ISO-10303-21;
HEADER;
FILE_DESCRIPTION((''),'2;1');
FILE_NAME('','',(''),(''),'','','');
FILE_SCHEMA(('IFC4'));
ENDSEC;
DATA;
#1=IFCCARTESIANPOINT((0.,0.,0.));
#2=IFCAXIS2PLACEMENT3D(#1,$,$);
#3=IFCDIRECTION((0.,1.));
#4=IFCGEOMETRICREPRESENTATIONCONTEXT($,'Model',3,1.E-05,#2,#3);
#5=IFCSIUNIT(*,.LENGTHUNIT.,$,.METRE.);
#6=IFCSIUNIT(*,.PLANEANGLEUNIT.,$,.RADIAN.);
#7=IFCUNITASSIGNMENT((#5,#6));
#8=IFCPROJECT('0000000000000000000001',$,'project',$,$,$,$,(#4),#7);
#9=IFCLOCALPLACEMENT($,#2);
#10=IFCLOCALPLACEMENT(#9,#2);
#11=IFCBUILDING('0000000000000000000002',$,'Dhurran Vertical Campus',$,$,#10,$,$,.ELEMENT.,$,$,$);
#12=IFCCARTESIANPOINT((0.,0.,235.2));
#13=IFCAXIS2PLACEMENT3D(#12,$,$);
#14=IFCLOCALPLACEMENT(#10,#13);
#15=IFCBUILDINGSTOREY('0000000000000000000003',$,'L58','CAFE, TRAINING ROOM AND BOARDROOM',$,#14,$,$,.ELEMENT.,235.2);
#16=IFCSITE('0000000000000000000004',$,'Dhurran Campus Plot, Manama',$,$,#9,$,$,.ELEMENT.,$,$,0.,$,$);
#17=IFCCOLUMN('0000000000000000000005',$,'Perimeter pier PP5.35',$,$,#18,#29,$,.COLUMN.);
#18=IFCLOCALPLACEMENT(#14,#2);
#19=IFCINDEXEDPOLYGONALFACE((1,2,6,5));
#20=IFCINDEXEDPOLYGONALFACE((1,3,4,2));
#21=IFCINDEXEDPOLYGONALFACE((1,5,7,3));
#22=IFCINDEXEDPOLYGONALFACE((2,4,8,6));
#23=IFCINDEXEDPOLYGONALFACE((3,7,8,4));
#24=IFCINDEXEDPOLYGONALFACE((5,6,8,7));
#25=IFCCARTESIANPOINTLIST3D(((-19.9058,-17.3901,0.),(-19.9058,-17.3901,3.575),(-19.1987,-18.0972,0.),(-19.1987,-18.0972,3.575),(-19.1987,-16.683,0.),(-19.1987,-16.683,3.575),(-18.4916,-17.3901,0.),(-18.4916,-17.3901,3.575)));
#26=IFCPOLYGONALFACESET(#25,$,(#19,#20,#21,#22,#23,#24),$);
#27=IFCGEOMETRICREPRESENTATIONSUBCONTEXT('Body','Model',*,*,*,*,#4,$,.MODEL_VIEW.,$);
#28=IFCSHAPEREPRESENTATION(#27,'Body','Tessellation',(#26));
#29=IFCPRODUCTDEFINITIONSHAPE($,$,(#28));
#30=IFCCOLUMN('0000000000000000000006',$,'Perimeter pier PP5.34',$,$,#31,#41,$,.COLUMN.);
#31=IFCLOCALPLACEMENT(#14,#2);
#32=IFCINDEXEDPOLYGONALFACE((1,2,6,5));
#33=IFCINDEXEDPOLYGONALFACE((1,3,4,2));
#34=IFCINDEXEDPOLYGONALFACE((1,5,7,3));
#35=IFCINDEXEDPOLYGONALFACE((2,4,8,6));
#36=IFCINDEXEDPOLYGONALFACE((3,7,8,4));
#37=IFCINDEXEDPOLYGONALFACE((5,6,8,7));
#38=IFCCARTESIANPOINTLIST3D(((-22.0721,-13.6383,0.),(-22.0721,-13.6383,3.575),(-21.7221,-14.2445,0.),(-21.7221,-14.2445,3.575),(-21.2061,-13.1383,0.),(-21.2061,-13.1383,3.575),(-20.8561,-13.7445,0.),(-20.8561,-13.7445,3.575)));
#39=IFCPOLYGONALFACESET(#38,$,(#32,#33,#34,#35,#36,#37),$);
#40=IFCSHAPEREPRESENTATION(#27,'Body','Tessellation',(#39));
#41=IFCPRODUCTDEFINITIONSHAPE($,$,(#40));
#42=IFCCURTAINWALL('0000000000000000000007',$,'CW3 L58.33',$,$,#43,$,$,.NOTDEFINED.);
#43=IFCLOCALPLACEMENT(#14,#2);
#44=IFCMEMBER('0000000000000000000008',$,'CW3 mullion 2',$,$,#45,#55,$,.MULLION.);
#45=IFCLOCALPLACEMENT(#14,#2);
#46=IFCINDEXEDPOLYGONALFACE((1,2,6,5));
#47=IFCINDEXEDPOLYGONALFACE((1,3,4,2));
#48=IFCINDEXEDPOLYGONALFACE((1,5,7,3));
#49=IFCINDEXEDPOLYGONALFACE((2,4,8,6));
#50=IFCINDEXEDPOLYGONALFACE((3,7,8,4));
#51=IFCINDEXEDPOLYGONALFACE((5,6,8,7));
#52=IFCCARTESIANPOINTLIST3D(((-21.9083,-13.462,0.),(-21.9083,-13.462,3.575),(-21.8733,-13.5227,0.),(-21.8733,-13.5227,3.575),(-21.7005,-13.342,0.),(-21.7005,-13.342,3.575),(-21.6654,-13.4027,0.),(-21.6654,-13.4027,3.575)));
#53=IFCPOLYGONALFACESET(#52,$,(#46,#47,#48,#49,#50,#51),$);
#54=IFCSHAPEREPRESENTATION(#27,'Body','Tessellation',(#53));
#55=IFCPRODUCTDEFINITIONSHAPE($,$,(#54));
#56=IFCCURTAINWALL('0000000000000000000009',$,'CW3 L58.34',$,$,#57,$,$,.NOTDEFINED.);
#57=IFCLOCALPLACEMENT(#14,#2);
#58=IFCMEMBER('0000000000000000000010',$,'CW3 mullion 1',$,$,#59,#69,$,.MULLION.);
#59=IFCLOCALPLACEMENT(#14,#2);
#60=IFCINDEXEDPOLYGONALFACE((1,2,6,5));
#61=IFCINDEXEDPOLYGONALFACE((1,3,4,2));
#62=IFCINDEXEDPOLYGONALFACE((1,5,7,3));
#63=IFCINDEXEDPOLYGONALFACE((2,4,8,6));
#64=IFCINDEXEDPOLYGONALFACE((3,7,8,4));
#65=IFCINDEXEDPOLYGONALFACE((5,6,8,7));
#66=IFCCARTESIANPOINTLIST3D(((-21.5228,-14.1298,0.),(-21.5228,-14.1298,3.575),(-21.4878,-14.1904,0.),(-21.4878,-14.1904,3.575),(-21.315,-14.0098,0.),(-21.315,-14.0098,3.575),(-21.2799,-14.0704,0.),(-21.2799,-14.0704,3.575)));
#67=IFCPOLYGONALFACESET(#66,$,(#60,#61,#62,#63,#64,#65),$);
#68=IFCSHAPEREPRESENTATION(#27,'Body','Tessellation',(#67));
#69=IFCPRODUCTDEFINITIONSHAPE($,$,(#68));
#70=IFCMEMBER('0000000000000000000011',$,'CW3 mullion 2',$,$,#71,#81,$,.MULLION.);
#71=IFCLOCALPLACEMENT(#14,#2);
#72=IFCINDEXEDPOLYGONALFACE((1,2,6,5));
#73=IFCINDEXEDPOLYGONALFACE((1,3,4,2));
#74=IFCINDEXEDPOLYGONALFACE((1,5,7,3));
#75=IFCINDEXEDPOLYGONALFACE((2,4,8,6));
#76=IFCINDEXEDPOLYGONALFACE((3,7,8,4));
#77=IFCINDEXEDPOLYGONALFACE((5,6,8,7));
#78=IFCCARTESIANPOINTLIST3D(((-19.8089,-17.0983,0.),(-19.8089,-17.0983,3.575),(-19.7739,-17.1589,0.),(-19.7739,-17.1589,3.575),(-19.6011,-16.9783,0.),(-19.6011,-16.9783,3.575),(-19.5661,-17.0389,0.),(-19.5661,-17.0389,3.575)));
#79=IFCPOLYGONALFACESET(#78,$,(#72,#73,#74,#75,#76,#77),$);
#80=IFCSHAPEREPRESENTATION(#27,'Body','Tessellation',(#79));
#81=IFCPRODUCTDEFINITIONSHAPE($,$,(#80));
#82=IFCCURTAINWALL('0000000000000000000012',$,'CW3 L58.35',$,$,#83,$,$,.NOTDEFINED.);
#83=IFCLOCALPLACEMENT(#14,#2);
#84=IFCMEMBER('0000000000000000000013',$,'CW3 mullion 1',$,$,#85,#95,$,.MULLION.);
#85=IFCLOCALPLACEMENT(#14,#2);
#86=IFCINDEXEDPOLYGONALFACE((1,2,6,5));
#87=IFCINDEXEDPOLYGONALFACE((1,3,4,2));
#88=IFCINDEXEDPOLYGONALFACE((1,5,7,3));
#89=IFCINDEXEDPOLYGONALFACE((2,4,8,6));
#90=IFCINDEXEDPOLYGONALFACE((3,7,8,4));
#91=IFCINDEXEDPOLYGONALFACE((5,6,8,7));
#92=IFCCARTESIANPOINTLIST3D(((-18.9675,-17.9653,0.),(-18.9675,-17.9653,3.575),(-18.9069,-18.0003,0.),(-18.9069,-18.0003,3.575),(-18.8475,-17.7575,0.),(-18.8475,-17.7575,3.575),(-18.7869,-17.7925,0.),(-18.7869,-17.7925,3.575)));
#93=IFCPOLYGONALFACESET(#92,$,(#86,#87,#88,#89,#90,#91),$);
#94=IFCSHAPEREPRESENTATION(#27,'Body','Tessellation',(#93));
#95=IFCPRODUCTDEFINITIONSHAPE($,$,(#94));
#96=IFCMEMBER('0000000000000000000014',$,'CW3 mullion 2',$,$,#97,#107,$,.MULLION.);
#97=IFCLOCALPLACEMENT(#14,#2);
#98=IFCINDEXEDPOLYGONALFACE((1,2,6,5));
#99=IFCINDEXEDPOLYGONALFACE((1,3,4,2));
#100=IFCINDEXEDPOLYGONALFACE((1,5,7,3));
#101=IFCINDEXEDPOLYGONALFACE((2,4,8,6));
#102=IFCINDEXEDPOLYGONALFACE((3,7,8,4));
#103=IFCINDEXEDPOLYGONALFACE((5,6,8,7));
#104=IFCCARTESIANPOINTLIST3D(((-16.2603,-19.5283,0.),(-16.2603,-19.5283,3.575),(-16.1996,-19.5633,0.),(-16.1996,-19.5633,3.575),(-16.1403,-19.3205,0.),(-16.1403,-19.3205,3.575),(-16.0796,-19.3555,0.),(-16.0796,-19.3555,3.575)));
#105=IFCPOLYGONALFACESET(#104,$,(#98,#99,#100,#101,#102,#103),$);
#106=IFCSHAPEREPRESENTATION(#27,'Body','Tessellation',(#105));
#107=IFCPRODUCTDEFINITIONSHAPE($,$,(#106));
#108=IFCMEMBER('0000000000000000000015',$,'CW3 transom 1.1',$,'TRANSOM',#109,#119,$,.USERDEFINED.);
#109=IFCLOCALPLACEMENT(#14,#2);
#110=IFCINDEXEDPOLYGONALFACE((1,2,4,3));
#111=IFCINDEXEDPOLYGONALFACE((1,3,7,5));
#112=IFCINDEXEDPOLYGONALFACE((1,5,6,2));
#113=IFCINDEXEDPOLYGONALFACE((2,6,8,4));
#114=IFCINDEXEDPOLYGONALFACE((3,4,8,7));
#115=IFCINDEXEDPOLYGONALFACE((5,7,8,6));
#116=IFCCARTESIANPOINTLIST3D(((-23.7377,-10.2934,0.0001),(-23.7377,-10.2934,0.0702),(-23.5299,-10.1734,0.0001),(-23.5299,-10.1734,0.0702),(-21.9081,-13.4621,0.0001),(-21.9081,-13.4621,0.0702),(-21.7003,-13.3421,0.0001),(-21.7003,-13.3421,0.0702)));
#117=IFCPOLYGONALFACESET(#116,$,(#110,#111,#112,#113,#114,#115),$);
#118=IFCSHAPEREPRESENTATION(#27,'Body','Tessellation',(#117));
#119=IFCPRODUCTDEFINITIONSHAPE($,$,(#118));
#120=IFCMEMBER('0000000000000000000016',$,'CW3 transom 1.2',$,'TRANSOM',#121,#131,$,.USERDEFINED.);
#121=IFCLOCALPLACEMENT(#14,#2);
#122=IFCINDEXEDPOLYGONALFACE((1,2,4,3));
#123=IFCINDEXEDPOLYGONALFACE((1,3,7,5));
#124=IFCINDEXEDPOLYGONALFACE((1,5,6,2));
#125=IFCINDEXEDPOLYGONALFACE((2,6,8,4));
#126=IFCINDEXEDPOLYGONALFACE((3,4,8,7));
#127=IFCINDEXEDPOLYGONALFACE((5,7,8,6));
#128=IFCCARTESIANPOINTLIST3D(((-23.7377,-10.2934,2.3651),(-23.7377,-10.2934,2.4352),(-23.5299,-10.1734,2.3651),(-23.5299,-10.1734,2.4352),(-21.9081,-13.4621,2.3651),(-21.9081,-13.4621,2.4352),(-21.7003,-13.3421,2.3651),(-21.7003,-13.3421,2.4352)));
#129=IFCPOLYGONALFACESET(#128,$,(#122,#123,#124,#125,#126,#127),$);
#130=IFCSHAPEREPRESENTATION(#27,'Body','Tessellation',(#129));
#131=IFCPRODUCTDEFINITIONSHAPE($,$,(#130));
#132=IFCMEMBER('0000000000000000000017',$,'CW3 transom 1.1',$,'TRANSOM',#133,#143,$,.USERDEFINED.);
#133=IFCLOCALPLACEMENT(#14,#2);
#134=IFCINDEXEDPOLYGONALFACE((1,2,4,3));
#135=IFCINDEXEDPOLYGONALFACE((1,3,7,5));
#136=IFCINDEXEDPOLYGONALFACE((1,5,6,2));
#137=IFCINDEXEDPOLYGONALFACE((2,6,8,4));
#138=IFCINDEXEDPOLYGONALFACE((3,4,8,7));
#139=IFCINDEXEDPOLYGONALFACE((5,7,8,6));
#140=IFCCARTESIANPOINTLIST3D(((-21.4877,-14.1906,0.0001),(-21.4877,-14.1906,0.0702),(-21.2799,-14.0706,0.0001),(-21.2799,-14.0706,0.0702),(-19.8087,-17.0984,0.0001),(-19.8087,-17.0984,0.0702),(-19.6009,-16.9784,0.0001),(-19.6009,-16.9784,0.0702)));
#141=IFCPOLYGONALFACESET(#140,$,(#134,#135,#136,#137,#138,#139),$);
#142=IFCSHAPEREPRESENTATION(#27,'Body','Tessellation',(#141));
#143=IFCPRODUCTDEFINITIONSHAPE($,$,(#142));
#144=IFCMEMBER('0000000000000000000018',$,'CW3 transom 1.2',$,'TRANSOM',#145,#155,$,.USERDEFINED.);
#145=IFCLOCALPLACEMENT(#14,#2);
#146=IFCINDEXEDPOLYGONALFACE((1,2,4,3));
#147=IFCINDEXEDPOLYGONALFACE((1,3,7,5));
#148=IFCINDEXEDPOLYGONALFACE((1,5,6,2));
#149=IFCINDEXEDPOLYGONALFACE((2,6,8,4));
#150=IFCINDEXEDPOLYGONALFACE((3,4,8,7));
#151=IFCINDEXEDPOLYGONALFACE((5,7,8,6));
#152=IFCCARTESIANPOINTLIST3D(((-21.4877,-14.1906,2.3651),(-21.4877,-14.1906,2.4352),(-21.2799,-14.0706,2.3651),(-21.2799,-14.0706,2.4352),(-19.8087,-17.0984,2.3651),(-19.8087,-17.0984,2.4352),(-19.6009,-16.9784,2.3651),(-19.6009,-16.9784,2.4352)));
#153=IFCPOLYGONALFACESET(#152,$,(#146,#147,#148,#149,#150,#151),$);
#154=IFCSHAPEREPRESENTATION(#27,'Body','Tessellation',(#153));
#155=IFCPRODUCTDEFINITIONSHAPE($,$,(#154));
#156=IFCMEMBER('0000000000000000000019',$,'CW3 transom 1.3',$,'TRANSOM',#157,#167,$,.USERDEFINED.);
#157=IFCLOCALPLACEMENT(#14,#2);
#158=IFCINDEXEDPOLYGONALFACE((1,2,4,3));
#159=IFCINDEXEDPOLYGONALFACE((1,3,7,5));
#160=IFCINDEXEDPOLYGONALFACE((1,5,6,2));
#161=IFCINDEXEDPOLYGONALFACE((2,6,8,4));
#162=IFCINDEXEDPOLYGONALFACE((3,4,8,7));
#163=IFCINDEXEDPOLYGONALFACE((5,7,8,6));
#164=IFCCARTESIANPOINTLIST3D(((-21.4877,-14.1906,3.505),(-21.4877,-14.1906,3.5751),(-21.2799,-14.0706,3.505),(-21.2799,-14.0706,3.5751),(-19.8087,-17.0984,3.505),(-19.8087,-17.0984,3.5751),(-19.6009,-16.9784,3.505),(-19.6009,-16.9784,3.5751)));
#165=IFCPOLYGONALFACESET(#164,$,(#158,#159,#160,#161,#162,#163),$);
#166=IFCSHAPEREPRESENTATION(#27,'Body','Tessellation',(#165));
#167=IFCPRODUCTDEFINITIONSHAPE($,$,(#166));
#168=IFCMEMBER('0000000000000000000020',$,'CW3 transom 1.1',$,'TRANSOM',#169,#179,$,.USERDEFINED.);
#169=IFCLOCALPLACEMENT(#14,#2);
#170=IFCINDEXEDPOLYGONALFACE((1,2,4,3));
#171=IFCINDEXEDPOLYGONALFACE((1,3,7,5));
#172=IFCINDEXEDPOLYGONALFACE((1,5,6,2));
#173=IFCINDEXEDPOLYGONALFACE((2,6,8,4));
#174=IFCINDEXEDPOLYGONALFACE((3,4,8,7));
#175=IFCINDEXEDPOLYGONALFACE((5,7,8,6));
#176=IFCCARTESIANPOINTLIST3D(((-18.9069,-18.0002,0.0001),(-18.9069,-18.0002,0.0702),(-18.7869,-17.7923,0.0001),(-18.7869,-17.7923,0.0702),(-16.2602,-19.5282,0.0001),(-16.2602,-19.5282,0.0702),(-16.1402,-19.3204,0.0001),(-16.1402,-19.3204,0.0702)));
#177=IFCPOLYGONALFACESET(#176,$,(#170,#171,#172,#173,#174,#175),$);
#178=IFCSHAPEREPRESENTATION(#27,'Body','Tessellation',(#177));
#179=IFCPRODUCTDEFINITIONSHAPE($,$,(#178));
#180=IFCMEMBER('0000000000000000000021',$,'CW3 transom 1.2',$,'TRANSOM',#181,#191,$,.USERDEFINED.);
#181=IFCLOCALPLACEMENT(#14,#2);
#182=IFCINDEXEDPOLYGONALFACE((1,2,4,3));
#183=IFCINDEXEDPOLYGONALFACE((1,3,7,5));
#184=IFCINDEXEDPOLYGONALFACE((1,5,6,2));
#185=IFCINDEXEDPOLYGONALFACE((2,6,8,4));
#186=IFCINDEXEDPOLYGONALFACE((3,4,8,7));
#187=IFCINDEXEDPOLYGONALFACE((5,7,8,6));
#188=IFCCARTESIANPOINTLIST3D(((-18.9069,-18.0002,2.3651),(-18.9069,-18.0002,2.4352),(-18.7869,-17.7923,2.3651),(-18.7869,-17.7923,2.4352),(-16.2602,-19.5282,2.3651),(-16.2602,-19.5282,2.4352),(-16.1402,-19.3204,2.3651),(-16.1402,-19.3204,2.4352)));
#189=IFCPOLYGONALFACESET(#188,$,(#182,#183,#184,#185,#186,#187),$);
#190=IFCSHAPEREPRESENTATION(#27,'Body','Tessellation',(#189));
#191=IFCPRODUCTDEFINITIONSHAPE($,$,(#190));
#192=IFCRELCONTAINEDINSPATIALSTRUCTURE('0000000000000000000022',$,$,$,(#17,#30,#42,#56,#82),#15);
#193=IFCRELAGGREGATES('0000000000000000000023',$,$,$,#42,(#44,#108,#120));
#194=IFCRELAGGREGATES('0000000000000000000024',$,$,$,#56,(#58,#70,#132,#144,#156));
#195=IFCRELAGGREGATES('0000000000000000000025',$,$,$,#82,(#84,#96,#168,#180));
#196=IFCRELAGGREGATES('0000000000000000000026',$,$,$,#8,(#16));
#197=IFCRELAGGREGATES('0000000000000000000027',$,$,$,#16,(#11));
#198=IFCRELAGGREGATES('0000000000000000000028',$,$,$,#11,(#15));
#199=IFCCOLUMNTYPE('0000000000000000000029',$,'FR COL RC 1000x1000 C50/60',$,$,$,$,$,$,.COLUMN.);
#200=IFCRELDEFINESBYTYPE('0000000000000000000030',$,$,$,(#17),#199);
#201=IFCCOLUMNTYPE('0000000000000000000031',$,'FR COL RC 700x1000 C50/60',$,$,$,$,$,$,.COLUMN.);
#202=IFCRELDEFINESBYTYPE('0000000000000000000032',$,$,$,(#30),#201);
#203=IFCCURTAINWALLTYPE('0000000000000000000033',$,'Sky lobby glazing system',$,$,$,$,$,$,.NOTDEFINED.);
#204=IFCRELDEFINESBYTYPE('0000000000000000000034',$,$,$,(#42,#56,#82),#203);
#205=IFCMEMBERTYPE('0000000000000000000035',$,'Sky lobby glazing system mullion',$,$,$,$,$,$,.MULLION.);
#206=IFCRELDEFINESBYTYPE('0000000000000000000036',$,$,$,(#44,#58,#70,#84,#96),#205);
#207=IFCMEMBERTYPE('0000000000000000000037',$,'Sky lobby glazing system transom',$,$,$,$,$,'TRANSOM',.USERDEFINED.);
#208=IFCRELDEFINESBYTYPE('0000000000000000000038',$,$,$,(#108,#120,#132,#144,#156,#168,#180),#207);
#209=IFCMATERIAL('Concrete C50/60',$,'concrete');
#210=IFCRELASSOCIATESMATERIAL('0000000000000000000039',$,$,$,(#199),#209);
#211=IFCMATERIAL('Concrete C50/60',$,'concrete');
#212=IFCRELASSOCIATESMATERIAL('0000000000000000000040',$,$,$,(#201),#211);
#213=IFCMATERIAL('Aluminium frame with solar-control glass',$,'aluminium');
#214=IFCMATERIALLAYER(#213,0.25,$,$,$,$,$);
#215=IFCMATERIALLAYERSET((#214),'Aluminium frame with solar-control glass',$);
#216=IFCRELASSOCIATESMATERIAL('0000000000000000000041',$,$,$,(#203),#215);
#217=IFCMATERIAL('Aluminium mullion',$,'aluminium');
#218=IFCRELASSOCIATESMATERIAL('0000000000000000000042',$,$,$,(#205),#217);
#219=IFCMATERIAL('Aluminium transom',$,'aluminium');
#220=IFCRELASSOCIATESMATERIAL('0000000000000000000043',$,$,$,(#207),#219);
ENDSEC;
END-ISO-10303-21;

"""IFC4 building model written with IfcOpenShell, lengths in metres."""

from ifc_helpers import new_model, si_unit, direction, frame, origin, origin_2d, place, context, subcontext, project, spatial, rectangle, extrude, material, layer, layer_set, material_profile, profile_set, type_object, element, aggregate, save


model = new_model("IFC4")

# Units and contexts
model_context = context("Model", 3, precision=1e-05, world=origin(), true_north=direction((0.0, 1.0)))
body_context = subcontext(model_context, "Body", "Model", "MODEL_VIEW")
ifc_project = project(units=[si_unit("LENGTHUNIT", "METRE"), si_unit("PLANEANGLEUNIT", "RADIAN")], contexts=[model_context])

# Site, building, storey
site_placement = place(None, origin())
site = spatial("IfcSite", under=ifc_project, at=site_placement, Name="Dhurran Campus Plot, Manama", CompositionType="ELEMENT", RefElevation=0.0)
building_placement = place(site_placement, origin())
building = spatial("IfcBuilding", under=site, at=building_placement, Name="Dhurran Vertical Campus", CompositionType="ELEMENT")
storey_placement = place(building_placement, frame((0.0, 0.0, 235.2)))
storey = spatial("IfcBuildingStorey", under=building, at=storey_placement, Name="L58", Description="CAFE, TRAINING ROOM AND BOARDROOM", CompositionType="ELEMENT", Elevation=235.2)

# Columns
ifc_material_1 = material(Name="Concrete C50/60", Category="concrete")
ifc_material_profile_1 = material_profile(ifc_material_1, rectangle(XDim=1.0, YDim=1.0, at=origin_2d()), Name="RC 1000x1000")
ifc_profile_set_1 = profile_set([ifc_material_profile_1], Name="Concrete C50/60")
column_type_1 = type_object("IfcColumnType", Name="FR COL RC 1000x1000 C50/60", PredefinedType="COLUMN", material=ifc_profile_set_1)
column_1_placement = place(storey_placement, frame((-19.1987, -17.3901, 0.0), z_axis=(0.0, 0.0, 1.0), x_axis=(0.707107, -0.707107, 0.0)))
element("IfcColumn", 1, at=column_1_placement, inside=storey, type_object=column_type_1, Name="Perimeter pier PP5.35", PredefinedType="COLUMN", context=body_context, shape_type="SweptSolid", body=[
    extrude(rectangle(XDim=1.0, YDim=1.0, at=origin_2d()), origin(), (0.0, 0.0, 1.0), 3.575),
])
ifc_material_2 = material(Name="Concrete C50/60", Category="concrete")
ifc_material_profile_2 = material_profile(ifc_material_2, rectangle(XDim=0.7, YDim=1.0, at=origin_2d()), Name="RC 700x1000")
ifc_profile_set_2 = profile_set([ifc_material_profile_2], Name="Concrete C50/60")
column_type_2 = type_object("IfcColumnType", Name="FR COL RC 700x1000 C50/60", PredefinedType="COLUMN", material=ifc_profile_set_2)
column_2_placement = place(storey_placement, frame((-21.4641, -13.6914, 0.0), z_axis=(0.0, 0.0, 1.0), x_axis=(0.5, -0.866025, 0.0)))
element("IfcColumn", 2, at=column_2_placement, inside=storey, type_object=column_type_2, Name="Perimeter pier PP5.34", PredefinedType="COLUMN", context=body_context, shape_type="SweptSolid", body=[
    extrude(rectangle(XDim=0.7, YDim=1.0, at=origin_2d()), origin(), (0.0, 0.0, 1.0), 3.575),
])

# Curtain wall, member
ifc_material_3 = material(Name="Aluminium frame with solar-control glass", Category="aluminium")
ifc_layer_1 = layer(ifc_material_3, 0.25)
ifc_layer_set_1 = layer_set([ifc_layer_1], Name="Aluminium frame with solar-control glass")
curtain_wall_type = type_object("IfcCurtainWallType", Name="Sky lobby glazing system", PredefinedType="NOTDEFINED", material=ifc_layer_set_1)
curtain_wall_1_placement = place(storey_placement, origin())
curtain_wall_1 = element("IfcCurtainWall", 3, at=curtain_wall_1_placement, inside=storey, type_object=curtain_wall_type, Name="CW3 L58.33", PredefinedType="NOTDEFINED")
ifc_material_4 = material(Name="Aluminium mullion", Category="aluminium")
ifc_material_profile_3 = material_profile(ifc_material_4, rectangle(XDim=0.24, YDim=0.0701, at=origin_2d()), Name="Sky lobby glazing system mullion")
ifc_profile_set_3 = profile_set([ifc_material_profile_3], Name="Aluminium mullion")
member_type_1 = type_object("IfcMemberType", Name="Sky lobby glazing system mullion", PredefinedType="MULLION", material=ifc_profile_set_3)
member_1_placement = place(storey_placement, frame((-21.7869, -13.4324, 0.0), z_axis=(0.0, 0.0, 1.0), x_axis=(0.866023, 0.500003, 0.0)))
member_1 = element("IfcMember", 4, at=member_1_placement, type_object=member_type_1, Name="CW3 mullion 2", PredefinedType="MULLION", context=body_context, shape_type="SweptSolid", body=[
    extrude(rectangle(XDim=0.24, YDim=0.0701, at=origin_2d()), origin(), (0.0, 0.0, 1.0), 3.575),
])

# Curtain walls, members
curtain_wall_2_placement = place(storey_placement, origin())
curtain_wall_2 = element("IfcCurtainWall", 5, at=curtain_wall_2_placement, inside=storey, type_object=curtain_wall_type, Name="CW3 L58.34", PredefinedType="NOTDEFINED")
member_2_placement = place(storey_placement, frame((-21.4014, -14.1001, 0.0), z_axis=(0.0, 0.0, 1.0), x_axis=(0.866019, 0.50001, 0.0)))
member_2 = element("IfcMember", 6, at=member_2_placement, type_object=member_type_1, Name="CW3 mullion 1", PredefinedType="MULLION", context=body_context, shape_type="SweptSolid", body=[
    extrude(rectangle(XDim=0.24, YDim=0.0701, at=origin_2d()), origin(), (0.0, 0.0, 1.0), 3.575),
])
member_3_placement = place(storey_placement, frame((-19.6875, -17.0686, 0.0), z_axis=(0.0, 0.0, 1.0), x_axis=(0.866019, 0.50001, 0.0)))
member_3 = element("IfcMember", 7, at=member_3_placement, type_object=member_type_1, Name="CW3 mullion 2", PredefinedType="MULLION", context=body_context, shape_type="SweptSolid", body=[
    extrude(rectangle(XDim=0.24, YDim=0.0701, at=origin_2d()), origin(), (0.0, 0.0, 1.0), 3.575),
])
curtain_wall_3_placement = place(storey_placement, origin())
curtain_wall_3 = element("IfcCurtainWall", 8, at=curtain_wall_3_placement, inside=storey, type_object=curtain_wall_type, Name="CW3 L58.35", PredefinedType="NOTDEFINED")
member_4_placement = place(storey_placement, frame((-18.8772, -17.8789, 0.0), z_axis=(0.0, 0.0, 1.0), x_axis=(0.499999, 0.866026, 0.0)))
member_4 = element("IfcMember", 9, at=member_4_placement, type_object=member_type_1, Name="CW3 mullion 1", PredefinedType="MULLION", context=body_context, shape_type="SweptSolid", body=[
    extrude(rectangle(XDim=0.24, YDim=0.0701, at=origin_2d()), origin(), (0.0, 0.0, 1.0), 3.575),
])
member_5_placement = place(storey_placement, frame((-16.1699, -19.4419, 0.0), z_axis=(0.0, 0.0, 1.0), x_axis=(0.499999, 0.866026, 0.0)))
member_5 = element("IfcMember", 10, at=member_5_placement, type_object=member_type_1, Name="CW3 mullion 2", PredefinedType="MULLION", context=body_context, shape_type="SweptSolid", body=[
    extrude(rectangle(XDim=0.24, YDim=0.0701, at=origin_2d()), origin(), (0.0, 0.0, 1.0), 3.575),
])

# Members
ifc_material_5 = material(Name="Aluminium transom", Category="aluminium")
ifc_material_profile_4 = material_profile(ifc_material_5, rectangle(XDim=0.24, YDim=0.0701, at=origin_2d()), Name="Sky lobby glazing system transom")
ifc_profile_set_4 = profile_set([ifc_material_profile_4], Name="Aluminium transom")
member_type_2 = type_object("IfcMemberType", Name="Sky lobby glazing system transom", ElementType="TRANSOM", PredefinedType="USERDEFINED", material=ifc_profile_set_4)
member_6_placement = place(storey_placement, frame((-23.6338, -10.2334, 0.0352), z_axis=(0.500029, -0.866009, 0.0), x_axis=(0.866009, 0.500029, 0.0)))
member_6 = element("IfcMember", 11, at=member_6_placement, type_object=member_type_2, Name="CW3 transom 1.1", ObjectType="TRANSOM", PredefinedType="USERDEFINED", context=body_context, shape_type="SweptSolid", body=[
    extrude(rectangle(XDim=0.24, YDim=0.0701, at=origin_2d()), origin(), (0.0, 0.0, 1.0), 3.6589),
])
member_7_placement = place(storey_placement, frame((-23.6338, -10.2334, 2.4001), z_axis=(0.500029, -0.866009, 0.0), x_axis=(0.866009, 0.500029, 0.0)))
member_7 = element("IfcMember", 12, at=member_7_placement, type_object=member_type_2, Name="CW3 transom 1.2", ObjectType="TRANSOM", PredefinedType="USERDEFINED", context=body_context, shape_type="SweptSolid", body=[
    extrude(rectangle(XDim=0.24, YDim=0.0701, at=origin_2d()), origin(), (0.0, 0.0, 1.0), 3.6589),
])
member_8_placement = place(storey_placement, frame((-21.3838, -14.1306, 0.0352), z_axis=(0.500041, -0.866002, 0.0), x_axis=(0.866002, 0.500041, 0.0)))
member_8 = element("IfcMember", 13, at=member_8_placement, type_object=member_type_2, Name="CW3 transom 1.1", ObjectType="TRANSOM", PredefinedType="USERDEFINED", context=body_context, shape_type="SweptSolid", body=[
    extrude(rectangle(XDim=0.24, YDim=0.0701, at=origin_2d()), origin(), (0.0, 0.0, 1.0), 3.3577),
])
member_9_placement = place(storey_placement, frame((-21.3838, -14.1306, 2.4001), z_axis=(0.500041, -0.866002, 0.0), x_axis=(0.866002, 0.500041, 0.0)))
member_9 = element("IfcMember", 14, at=member_9_placement, type_object=member_type_2, Name="CW3 transom 1.2", ObjectType="TRANSOM", PredefinedType="USERDEFINED", context=body_context, shape_type="SweptSolid", body=[
    extrude(rectangle(XDim=0.24, YDim=0.0701, at=origin_2d()), origin(), (0.0, 0.0, 1.0), 3.3577),
])
member_10_placement = place(storey_placement, frame((-21.3838, -14.1306, 3.54), z_axis=(0.500041, -0.866002, 0.0), x_axis=(0.866002, 0.500041, 0.0)))
member_10 = element("IfcMember", 15, at=member_10_placement, type_object=member_type_2, Name="CW3 transom 1.3", ObjectType="TRANSOM", PredefinedType="USERDEFINED", context=body_context, shape_type="SweptSolid", body=[
    extrude(rectangle(XDim=0.24, YDim=0.0701, at=origin_2d()), origin(), (0.0, 0.0, 1.0), 3.3577),
])
member_11_placement = place(storey_placement, frame((-18.8469, -17.8962, 0.0352), z_axis=(0.866027, -0.499997, 0.0), x_axis=(0.499997, 0.866027, 0.0)))
member_11 = element("IfcMember", 16, at=member_11_placement, type_object=member_type_2, Name="CW3 transom 1.1", ObjectType="TRANSOM", PredefinedType="USERDEFINED", context=body_context, shape_type="SweptSolid", body=[
    extrude(rectangle(XDim=0.24, YDim=0.0701, at=origin_2d()), origin(), (0.0, 0.0, 1.0), 3.0562),
])
member_12_placement = place(storey_placement, frame((-18.8469, -17.8962, 2.4001), z_axis=(0.866027, -0.499997, 0.0), x_axis=(0.499997, 0.866027, 0.0)))
member_12 = element("IfcMember", 17, at=member_12_placement, type_object=member_type_2, Name="CW3 transom 1.2", ObjectType="TRANSOM", PredefinedType="USERDEFINED", context=body_context, shape_type="SweptSolid", body=[
    extrude(rectangle(XDim=0.24, YDim=0.0701, at=origin_2d()), origin(), (0.0, 0.0, 1.0), 3.0562),
])

aggregate(curtain_wall_1, [member_1, member_6, member_7])
aggregate(curtain_wall_2, [member_2, member_3, member_8, member_9, member_10])
aggregate(curtain_wall_3, [member_4, member_5, member_11, member_12])

save(model, "model.ifc")
